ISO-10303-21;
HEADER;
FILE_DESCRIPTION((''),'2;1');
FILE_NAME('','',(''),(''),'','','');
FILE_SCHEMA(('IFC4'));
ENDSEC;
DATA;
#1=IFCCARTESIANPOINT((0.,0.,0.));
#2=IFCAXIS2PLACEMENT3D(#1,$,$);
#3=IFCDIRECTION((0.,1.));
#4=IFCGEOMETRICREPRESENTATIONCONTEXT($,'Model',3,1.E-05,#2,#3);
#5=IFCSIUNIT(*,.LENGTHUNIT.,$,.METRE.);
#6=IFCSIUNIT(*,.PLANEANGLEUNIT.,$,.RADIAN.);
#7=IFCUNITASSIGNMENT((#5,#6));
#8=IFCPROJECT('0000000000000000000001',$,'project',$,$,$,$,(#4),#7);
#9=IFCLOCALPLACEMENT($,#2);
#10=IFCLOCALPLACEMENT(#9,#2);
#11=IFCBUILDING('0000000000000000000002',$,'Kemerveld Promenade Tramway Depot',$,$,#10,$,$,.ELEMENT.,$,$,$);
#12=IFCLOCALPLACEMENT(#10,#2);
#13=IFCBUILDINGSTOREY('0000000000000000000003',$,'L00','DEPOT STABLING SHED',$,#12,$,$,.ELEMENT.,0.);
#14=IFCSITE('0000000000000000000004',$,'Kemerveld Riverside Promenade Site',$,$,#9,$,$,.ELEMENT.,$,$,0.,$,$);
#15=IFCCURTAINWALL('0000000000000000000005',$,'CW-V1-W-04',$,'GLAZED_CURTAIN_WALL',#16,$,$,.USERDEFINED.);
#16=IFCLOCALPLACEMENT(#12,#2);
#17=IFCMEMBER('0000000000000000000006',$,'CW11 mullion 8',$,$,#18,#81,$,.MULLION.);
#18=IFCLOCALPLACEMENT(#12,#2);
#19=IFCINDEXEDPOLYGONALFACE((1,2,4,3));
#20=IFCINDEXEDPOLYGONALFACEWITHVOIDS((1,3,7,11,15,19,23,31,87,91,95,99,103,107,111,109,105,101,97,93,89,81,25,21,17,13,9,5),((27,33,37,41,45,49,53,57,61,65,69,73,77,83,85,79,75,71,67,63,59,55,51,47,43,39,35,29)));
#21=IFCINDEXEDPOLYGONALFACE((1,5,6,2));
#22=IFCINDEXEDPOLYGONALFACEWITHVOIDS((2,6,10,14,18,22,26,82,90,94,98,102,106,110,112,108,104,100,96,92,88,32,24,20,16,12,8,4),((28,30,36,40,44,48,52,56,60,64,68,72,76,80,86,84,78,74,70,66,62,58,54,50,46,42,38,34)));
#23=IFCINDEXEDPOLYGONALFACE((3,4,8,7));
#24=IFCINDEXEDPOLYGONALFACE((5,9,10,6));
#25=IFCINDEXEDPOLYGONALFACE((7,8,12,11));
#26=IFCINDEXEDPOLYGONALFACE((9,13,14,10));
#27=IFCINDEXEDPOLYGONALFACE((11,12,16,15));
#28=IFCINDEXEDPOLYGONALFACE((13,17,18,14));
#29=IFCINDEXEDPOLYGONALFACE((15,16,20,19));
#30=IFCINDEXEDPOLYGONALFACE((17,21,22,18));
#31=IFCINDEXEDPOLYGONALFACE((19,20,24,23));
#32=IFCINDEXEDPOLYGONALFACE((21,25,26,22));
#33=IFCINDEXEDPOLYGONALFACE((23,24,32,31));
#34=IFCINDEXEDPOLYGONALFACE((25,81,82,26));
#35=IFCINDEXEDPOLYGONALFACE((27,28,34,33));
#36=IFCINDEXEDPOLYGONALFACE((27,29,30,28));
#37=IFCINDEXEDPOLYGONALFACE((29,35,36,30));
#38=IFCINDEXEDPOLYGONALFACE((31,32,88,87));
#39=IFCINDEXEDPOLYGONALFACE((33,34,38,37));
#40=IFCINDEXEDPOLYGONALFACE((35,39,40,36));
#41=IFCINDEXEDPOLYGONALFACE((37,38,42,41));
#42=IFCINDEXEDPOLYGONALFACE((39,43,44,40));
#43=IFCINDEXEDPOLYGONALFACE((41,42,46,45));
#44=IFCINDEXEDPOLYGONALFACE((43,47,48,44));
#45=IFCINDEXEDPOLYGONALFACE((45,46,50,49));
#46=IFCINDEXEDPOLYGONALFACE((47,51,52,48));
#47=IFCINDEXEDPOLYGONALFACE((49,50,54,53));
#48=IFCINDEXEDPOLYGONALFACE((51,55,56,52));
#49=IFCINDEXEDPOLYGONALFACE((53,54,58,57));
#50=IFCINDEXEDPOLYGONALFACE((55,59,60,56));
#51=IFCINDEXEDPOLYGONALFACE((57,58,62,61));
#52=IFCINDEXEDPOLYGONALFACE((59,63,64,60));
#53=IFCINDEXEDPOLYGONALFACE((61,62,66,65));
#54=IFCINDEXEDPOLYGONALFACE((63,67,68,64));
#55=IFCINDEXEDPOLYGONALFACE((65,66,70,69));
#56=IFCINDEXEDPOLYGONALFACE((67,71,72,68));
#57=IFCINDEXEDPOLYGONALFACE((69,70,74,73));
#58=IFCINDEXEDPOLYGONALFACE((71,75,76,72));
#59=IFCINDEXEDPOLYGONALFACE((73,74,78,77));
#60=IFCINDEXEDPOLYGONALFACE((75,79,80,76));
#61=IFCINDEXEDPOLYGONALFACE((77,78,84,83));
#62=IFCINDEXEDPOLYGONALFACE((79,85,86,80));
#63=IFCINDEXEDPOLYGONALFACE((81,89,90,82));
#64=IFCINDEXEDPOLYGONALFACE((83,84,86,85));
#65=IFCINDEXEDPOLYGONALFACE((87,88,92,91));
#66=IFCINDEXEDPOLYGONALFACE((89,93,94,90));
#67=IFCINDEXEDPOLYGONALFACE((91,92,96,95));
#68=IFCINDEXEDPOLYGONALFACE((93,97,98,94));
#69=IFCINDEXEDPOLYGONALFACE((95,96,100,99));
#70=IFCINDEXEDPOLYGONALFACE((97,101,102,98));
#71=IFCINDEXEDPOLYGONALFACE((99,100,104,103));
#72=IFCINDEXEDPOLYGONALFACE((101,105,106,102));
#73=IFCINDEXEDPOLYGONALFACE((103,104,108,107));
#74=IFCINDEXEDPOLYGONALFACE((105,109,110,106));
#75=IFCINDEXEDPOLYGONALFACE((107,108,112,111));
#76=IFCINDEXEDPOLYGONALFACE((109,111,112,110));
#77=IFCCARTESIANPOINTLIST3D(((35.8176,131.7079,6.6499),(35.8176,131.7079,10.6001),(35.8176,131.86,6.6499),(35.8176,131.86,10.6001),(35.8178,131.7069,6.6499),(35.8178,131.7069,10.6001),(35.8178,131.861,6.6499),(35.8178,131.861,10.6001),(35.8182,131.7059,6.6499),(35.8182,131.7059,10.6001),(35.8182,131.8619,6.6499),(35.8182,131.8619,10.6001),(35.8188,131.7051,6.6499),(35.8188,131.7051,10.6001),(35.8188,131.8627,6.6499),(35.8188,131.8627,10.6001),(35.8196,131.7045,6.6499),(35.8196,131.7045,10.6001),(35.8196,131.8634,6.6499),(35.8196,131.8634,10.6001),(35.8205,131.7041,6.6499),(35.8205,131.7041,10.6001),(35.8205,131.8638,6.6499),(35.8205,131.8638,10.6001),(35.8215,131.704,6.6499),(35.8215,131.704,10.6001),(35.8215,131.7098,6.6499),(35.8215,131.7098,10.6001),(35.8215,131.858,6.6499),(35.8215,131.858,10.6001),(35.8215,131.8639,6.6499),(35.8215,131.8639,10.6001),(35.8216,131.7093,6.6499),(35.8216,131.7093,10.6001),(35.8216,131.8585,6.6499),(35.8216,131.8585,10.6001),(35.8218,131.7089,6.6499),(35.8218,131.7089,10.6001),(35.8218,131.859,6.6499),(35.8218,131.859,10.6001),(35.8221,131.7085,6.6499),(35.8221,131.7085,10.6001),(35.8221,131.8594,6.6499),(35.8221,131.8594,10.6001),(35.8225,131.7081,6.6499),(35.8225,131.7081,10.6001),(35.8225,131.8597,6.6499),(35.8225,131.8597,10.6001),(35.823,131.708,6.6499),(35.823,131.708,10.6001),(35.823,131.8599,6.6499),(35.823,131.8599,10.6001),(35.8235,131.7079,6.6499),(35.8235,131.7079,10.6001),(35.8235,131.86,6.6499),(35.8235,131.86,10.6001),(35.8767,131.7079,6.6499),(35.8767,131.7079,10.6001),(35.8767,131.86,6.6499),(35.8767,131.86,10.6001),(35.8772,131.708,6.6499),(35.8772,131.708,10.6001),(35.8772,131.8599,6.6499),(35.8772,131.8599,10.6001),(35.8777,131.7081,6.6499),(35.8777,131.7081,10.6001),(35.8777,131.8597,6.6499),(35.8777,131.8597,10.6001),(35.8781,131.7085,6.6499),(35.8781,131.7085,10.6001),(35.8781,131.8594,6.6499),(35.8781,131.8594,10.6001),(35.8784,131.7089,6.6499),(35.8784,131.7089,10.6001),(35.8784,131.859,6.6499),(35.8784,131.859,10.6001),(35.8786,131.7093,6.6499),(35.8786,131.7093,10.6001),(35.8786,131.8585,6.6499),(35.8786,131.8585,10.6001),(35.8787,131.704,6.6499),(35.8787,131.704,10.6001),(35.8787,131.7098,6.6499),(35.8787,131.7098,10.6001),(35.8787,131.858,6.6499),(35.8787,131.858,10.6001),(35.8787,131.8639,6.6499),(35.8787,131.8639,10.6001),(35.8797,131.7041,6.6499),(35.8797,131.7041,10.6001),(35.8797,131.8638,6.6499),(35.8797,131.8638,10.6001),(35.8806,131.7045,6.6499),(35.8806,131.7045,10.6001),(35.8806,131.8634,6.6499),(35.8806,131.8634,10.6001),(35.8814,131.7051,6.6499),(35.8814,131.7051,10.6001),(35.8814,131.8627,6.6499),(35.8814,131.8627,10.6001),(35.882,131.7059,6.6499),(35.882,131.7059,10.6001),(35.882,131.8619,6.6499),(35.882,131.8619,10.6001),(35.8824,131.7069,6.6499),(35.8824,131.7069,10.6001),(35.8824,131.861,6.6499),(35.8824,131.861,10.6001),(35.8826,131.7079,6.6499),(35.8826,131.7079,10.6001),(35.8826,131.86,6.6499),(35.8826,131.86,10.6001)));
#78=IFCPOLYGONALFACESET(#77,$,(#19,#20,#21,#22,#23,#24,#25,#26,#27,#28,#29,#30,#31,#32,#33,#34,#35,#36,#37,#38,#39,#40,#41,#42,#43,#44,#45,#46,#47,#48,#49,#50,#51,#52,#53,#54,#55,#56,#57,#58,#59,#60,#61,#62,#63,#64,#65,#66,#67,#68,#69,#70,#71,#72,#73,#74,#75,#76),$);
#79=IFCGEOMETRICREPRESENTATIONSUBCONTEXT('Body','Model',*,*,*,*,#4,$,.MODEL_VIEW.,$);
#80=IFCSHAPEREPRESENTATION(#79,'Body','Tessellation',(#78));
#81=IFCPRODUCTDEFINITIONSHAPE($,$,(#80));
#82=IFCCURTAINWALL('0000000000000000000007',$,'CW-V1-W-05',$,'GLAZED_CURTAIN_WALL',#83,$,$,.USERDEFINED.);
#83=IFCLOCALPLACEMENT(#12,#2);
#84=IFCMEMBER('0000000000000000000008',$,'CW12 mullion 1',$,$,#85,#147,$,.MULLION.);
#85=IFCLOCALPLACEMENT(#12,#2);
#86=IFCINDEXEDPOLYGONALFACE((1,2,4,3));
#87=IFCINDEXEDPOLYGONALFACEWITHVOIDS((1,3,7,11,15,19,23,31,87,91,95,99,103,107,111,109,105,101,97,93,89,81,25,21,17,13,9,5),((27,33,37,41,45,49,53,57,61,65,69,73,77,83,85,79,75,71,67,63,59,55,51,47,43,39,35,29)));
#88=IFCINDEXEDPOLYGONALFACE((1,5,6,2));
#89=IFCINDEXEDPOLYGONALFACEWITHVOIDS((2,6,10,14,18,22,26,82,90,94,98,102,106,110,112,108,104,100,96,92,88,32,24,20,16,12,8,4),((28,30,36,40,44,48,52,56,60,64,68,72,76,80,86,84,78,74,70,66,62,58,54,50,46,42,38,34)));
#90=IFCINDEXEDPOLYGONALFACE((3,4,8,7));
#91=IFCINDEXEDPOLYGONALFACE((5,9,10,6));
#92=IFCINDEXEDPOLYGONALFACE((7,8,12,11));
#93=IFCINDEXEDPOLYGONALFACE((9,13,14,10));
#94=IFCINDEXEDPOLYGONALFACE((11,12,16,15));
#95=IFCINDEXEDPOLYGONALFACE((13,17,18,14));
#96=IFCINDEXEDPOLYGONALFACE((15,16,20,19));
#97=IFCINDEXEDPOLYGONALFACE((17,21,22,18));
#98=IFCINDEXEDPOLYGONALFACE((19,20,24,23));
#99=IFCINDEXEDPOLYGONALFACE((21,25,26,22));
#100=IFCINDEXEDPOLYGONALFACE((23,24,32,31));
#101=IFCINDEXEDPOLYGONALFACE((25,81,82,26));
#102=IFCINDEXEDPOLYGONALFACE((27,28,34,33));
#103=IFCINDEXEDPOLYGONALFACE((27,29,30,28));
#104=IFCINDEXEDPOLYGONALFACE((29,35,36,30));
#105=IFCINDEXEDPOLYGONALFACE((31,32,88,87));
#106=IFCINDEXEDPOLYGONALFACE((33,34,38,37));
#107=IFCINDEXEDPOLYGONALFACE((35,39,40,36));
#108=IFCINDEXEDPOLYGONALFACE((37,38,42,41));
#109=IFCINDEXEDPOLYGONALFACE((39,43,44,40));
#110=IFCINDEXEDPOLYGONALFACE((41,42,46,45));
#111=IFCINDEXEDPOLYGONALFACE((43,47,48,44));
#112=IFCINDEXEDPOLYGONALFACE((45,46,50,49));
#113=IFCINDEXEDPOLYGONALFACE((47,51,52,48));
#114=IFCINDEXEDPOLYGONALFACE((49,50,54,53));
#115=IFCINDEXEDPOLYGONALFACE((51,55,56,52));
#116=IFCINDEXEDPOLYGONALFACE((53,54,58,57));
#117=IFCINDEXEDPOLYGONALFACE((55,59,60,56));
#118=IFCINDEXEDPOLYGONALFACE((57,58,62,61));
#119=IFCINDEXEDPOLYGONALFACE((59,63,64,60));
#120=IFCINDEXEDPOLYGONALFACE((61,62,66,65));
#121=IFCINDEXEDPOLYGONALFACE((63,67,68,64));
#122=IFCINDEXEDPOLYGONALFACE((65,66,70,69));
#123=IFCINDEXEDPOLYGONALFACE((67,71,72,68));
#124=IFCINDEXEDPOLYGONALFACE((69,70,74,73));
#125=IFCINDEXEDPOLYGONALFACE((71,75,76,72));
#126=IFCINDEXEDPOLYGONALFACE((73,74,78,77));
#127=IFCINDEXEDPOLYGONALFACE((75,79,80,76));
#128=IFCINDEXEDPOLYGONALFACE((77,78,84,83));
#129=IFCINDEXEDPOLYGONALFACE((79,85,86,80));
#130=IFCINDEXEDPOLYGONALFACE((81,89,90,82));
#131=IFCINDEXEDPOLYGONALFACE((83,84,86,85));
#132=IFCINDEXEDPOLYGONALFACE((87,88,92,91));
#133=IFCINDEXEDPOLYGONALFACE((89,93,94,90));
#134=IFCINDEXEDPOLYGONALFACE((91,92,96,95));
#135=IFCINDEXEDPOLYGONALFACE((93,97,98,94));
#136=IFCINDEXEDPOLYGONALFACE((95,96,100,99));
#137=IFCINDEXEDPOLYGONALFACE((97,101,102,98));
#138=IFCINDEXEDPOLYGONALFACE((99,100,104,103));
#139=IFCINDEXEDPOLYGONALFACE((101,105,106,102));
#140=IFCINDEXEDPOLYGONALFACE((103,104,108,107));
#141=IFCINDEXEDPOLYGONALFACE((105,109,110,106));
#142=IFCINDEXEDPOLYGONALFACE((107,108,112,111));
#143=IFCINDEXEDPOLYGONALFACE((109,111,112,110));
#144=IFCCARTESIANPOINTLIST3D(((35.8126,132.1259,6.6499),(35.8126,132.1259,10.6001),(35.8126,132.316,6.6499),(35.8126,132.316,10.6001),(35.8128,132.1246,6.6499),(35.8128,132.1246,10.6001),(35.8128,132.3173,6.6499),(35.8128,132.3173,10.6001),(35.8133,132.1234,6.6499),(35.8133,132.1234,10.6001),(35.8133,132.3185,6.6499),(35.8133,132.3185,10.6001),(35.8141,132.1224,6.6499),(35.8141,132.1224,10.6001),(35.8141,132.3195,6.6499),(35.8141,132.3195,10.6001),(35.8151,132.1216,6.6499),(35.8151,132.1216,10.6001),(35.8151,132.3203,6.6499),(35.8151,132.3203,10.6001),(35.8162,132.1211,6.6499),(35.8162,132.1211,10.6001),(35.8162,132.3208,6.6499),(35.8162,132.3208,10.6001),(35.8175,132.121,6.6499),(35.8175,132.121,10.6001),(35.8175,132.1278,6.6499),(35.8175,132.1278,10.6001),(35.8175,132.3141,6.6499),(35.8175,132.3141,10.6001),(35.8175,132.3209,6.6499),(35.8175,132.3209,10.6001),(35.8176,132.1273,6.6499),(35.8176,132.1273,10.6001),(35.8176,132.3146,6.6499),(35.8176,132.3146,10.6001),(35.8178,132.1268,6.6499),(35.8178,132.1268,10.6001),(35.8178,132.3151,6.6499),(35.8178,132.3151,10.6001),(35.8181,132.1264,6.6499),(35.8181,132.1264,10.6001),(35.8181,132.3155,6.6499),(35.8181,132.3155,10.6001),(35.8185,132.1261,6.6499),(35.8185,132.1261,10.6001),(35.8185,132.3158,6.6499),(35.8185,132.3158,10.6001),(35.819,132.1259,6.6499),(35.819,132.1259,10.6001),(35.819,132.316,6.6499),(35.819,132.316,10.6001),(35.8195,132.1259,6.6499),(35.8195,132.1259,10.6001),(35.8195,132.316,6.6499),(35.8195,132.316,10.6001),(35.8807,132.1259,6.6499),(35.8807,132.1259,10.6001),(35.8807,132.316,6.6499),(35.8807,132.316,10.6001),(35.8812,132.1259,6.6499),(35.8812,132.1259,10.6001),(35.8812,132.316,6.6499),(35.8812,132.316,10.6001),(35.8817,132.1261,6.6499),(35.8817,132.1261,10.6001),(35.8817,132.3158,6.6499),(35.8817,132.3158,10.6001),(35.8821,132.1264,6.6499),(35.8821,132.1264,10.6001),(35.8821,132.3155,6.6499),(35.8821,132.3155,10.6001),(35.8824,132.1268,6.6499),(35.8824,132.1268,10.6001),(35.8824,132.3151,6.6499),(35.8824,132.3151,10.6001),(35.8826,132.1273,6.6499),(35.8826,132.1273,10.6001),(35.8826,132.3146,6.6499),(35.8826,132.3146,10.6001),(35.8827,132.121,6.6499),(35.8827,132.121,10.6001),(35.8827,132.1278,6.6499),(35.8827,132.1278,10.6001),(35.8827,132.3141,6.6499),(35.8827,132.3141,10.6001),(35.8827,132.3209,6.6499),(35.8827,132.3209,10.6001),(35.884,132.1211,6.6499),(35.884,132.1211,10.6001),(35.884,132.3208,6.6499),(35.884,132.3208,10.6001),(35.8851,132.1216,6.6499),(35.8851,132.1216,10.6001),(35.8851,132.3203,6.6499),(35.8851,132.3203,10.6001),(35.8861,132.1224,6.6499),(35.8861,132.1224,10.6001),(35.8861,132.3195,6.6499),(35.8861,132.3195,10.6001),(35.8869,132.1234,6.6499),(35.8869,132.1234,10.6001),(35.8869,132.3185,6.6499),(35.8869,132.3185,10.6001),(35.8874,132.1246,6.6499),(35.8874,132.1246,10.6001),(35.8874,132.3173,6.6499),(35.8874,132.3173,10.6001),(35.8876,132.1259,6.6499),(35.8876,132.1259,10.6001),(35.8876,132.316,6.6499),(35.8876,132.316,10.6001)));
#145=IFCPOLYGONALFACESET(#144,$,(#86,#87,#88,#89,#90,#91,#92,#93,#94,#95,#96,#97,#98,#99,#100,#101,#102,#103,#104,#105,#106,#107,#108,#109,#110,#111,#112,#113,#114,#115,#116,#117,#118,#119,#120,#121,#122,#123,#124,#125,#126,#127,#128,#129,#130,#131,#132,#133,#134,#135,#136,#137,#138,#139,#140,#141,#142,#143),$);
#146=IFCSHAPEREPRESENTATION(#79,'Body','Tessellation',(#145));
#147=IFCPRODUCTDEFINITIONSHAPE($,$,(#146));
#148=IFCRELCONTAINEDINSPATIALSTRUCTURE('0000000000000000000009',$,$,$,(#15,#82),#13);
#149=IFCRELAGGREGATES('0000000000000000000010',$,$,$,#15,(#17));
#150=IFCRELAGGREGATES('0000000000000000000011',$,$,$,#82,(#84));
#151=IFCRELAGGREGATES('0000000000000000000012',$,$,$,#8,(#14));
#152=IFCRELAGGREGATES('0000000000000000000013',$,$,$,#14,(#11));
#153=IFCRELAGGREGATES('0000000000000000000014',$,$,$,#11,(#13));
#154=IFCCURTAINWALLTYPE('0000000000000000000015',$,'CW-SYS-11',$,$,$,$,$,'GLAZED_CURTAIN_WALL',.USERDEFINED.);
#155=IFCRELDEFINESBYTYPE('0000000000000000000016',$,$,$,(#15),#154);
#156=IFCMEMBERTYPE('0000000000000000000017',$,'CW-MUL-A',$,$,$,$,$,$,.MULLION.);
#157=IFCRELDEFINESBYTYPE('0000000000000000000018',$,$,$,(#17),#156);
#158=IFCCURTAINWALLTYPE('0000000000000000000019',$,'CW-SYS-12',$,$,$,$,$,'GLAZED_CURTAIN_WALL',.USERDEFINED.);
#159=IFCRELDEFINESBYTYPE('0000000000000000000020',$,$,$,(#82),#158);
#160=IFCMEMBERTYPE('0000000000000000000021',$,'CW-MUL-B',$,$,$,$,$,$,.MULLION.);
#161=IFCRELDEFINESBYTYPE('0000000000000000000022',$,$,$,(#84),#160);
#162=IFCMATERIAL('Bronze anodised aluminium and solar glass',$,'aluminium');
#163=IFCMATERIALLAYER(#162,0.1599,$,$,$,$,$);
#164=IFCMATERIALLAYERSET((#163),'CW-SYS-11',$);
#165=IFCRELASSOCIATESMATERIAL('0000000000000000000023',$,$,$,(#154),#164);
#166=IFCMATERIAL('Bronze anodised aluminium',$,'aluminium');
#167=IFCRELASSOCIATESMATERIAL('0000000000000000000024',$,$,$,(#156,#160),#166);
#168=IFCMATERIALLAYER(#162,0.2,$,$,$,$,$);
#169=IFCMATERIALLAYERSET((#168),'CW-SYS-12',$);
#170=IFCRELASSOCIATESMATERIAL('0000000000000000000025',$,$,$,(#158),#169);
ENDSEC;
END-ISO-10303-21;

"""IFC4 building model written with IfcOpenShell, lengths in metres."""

from ifc_helpers import new_model, si_unit, direction, frame, origin, origin_2d, place, context, subcontext, project, spatial, hollow_rectangle, extrude, material, layer, layer_set, material_profile, profile_set, type_object, element, aggregate, save


model = new_model("IFC4")

# Units and contexts
model_context = context("Model", 3, precision=1e-05, world=origin(), true_north=direction((0.0, 1.0)))
body_context = subcontext(model_context, "Body", "Model", "MODEL_VIEW")
ifc_project = project(units=[si_unit("LENGTHUNIT", "METRE"), si_unit("PLANEANGLEUNIT", "RADIAN")], contexts=[model_context])

# Site, building, storey
site_placement = place(None, origin())
site = spatial("IfcSite", under=ifc_project, at=site_placement, Name="Kemerveld Riverside Promenade Site", CompositionType="ELEMENT", RefElevation=0.0)
building_placement = place(site_placement, origin())
building = spatial("IfcBuilding", under=site, at=building_placement, Name="Kemerveld Promenade Tramway Depot", CompositionType="ELEMENT")
storey_placement = place(building_placement, origin())
storey = spatial("IfcBuildingStorey", under=building, at=storey_placement, Name="L00", Description="DEPOT STABLING SHED", CompositionType="ELEMENT", Elevation=0.0)

# Curtain walls, members
ifc_material_1 = material(Name="Bronze anodised aluminium and solar glass", Category="aluminium")
ifc_layer_1 = layer(ifc_material_1, 0.1599)
ifc_layer_set_1 = layer_set([ifc_layer_1], Name="CW-SYS-11")
curtain_wall_type_1 = type_object("IfcCurtainWallType", Name="CW-SYS-11", ElementType="GLAZED_CURTAIN_WALL", PredefinedType="USERDEFINED", material=ifc_layer_set_1)
curtain_wall_1_placement = place(storey_placement, origin())
curtain_wall_1 = element("IfcCurtainWall", 1, at=curtain_wall_1_placement, inside=storey, type_object=curtain_wall_type_1, Name="CW-V1-W-04", ObjectType="GLAZED_CURTAIN_WALL", PredefinedType="USERDEFINED")
ifc_material_2 = material(Name="Bronze anodised aluminium", Category="aluminium")
ifc_material_profile_1 = material_profile(ifc_material_2, hollow_rectangle(XDim=0.0649, YDim=0.1599, WallThickness=0.0039, InnerFilletRadius=0.002, OuterFilletRadius=0.0039, at=origin_2d()), Name="CW-MUL-160x65")
ifc_profile_set_1 = profile_set([ifc_material_profile_1], Name="Bronze anodised aluminium")
member_type_1 = type_object("IfcMemberType", Name="CW-MUL-A", PredefinedType="MULLION", material=ifc_profile_set_1)
member_1_placement = place(storey_placement, frame((35.8501, 131.7839, 6.6499), z_axis=(0.0, 0.0, 1.0), x_axis=(-1.0, 0.0, 0.0)))
member_1 = element("IfcMember", 2, at=member_1_placement, type_object=member_type_1, Name="CW11 mullion 8", PredefinedType="MULLION", context=body_context, shape_type="SweptSolid", body=[
    extrude(hollow_rectangle(XDim=0.0649, YDim=0.1599, WallThickness=0.0039, InnerFilletRadius=0.002, OuterFilletRadius=0.0039, at=origin_2d()), origin(), (0.0, 0.0, 1.0), 3.9502),
])
ifc_layer_2 = layer(ifc_material_1, 0.2)
ifc_layer_set_2 = layer_set([ifc_layer_2], Name="CW-SYS-12")
curtain_wall_type_2 = type_object("IfcCurtainWallType", Name="CW-SYS-12", ElementType="GLAZED_CURTAIN_WALL", PredefinedType="USERDEFINED", material=ifc_layer_set_2)
curtain_wall_2_placement = place(storey_placement, origin())
curtain_wall_2 = element("IfcCurtainWall", 3, at=curtain_wall_2_placement, inside=storey, type_object=curtain_wall_type_2, Name="CW-V1-W-05", ObjectType="GLAZED_CURTAIN_WALL", PredefinedType="USERDEFINED")
ifc_material_profile_2 = material_profile(ifc_material_2, hollow_rectangle(XDim=0.075, YDim=0.2, WallThickness=0.0049, InnerFilletRadius=0.002, OuterFilletRadius=0.0049, at=origin_2d()), Name="CW-MUL-200x75")
ifc_profile_set_2 = profile_set([ifc_material_profile_2], Name="Bronze anodised aluminium")
member_type_2 = type_object("IfcMemberType", Name="CW-MUL-B", PredefinedType="MULLION", material=ifc_profile_set_2)
member_2_placement = place(storey_placement, frame((35.8501, 132.2209, 6.6499), z_axis=(0.0, 0.0, 1.0), x_axis=(-1.0, 0.0, 0.0)))
member_2 = element("IfcMember", 4, at=member_2_placement, type_object=member_type_2, Name="CW12 mullion 1", PredefinedType="MULLION", context=body_context, shape_type="SweptSolid", body=[
    extrude(hollow_rectangle(XDim=0.075, YDim=0.2, WallThickness=0.0049, InnerFilletRadius=0.002, OuterFilletRadius=0.0049, at=origin_2d()), origin(), (0.0, 0.0, 1.0), 3.9502),
])

aggregate(curtain_wall_1, [member_1])
aggregate(curtain_wall_2, [member_2])

save(model, "model.ifc")
